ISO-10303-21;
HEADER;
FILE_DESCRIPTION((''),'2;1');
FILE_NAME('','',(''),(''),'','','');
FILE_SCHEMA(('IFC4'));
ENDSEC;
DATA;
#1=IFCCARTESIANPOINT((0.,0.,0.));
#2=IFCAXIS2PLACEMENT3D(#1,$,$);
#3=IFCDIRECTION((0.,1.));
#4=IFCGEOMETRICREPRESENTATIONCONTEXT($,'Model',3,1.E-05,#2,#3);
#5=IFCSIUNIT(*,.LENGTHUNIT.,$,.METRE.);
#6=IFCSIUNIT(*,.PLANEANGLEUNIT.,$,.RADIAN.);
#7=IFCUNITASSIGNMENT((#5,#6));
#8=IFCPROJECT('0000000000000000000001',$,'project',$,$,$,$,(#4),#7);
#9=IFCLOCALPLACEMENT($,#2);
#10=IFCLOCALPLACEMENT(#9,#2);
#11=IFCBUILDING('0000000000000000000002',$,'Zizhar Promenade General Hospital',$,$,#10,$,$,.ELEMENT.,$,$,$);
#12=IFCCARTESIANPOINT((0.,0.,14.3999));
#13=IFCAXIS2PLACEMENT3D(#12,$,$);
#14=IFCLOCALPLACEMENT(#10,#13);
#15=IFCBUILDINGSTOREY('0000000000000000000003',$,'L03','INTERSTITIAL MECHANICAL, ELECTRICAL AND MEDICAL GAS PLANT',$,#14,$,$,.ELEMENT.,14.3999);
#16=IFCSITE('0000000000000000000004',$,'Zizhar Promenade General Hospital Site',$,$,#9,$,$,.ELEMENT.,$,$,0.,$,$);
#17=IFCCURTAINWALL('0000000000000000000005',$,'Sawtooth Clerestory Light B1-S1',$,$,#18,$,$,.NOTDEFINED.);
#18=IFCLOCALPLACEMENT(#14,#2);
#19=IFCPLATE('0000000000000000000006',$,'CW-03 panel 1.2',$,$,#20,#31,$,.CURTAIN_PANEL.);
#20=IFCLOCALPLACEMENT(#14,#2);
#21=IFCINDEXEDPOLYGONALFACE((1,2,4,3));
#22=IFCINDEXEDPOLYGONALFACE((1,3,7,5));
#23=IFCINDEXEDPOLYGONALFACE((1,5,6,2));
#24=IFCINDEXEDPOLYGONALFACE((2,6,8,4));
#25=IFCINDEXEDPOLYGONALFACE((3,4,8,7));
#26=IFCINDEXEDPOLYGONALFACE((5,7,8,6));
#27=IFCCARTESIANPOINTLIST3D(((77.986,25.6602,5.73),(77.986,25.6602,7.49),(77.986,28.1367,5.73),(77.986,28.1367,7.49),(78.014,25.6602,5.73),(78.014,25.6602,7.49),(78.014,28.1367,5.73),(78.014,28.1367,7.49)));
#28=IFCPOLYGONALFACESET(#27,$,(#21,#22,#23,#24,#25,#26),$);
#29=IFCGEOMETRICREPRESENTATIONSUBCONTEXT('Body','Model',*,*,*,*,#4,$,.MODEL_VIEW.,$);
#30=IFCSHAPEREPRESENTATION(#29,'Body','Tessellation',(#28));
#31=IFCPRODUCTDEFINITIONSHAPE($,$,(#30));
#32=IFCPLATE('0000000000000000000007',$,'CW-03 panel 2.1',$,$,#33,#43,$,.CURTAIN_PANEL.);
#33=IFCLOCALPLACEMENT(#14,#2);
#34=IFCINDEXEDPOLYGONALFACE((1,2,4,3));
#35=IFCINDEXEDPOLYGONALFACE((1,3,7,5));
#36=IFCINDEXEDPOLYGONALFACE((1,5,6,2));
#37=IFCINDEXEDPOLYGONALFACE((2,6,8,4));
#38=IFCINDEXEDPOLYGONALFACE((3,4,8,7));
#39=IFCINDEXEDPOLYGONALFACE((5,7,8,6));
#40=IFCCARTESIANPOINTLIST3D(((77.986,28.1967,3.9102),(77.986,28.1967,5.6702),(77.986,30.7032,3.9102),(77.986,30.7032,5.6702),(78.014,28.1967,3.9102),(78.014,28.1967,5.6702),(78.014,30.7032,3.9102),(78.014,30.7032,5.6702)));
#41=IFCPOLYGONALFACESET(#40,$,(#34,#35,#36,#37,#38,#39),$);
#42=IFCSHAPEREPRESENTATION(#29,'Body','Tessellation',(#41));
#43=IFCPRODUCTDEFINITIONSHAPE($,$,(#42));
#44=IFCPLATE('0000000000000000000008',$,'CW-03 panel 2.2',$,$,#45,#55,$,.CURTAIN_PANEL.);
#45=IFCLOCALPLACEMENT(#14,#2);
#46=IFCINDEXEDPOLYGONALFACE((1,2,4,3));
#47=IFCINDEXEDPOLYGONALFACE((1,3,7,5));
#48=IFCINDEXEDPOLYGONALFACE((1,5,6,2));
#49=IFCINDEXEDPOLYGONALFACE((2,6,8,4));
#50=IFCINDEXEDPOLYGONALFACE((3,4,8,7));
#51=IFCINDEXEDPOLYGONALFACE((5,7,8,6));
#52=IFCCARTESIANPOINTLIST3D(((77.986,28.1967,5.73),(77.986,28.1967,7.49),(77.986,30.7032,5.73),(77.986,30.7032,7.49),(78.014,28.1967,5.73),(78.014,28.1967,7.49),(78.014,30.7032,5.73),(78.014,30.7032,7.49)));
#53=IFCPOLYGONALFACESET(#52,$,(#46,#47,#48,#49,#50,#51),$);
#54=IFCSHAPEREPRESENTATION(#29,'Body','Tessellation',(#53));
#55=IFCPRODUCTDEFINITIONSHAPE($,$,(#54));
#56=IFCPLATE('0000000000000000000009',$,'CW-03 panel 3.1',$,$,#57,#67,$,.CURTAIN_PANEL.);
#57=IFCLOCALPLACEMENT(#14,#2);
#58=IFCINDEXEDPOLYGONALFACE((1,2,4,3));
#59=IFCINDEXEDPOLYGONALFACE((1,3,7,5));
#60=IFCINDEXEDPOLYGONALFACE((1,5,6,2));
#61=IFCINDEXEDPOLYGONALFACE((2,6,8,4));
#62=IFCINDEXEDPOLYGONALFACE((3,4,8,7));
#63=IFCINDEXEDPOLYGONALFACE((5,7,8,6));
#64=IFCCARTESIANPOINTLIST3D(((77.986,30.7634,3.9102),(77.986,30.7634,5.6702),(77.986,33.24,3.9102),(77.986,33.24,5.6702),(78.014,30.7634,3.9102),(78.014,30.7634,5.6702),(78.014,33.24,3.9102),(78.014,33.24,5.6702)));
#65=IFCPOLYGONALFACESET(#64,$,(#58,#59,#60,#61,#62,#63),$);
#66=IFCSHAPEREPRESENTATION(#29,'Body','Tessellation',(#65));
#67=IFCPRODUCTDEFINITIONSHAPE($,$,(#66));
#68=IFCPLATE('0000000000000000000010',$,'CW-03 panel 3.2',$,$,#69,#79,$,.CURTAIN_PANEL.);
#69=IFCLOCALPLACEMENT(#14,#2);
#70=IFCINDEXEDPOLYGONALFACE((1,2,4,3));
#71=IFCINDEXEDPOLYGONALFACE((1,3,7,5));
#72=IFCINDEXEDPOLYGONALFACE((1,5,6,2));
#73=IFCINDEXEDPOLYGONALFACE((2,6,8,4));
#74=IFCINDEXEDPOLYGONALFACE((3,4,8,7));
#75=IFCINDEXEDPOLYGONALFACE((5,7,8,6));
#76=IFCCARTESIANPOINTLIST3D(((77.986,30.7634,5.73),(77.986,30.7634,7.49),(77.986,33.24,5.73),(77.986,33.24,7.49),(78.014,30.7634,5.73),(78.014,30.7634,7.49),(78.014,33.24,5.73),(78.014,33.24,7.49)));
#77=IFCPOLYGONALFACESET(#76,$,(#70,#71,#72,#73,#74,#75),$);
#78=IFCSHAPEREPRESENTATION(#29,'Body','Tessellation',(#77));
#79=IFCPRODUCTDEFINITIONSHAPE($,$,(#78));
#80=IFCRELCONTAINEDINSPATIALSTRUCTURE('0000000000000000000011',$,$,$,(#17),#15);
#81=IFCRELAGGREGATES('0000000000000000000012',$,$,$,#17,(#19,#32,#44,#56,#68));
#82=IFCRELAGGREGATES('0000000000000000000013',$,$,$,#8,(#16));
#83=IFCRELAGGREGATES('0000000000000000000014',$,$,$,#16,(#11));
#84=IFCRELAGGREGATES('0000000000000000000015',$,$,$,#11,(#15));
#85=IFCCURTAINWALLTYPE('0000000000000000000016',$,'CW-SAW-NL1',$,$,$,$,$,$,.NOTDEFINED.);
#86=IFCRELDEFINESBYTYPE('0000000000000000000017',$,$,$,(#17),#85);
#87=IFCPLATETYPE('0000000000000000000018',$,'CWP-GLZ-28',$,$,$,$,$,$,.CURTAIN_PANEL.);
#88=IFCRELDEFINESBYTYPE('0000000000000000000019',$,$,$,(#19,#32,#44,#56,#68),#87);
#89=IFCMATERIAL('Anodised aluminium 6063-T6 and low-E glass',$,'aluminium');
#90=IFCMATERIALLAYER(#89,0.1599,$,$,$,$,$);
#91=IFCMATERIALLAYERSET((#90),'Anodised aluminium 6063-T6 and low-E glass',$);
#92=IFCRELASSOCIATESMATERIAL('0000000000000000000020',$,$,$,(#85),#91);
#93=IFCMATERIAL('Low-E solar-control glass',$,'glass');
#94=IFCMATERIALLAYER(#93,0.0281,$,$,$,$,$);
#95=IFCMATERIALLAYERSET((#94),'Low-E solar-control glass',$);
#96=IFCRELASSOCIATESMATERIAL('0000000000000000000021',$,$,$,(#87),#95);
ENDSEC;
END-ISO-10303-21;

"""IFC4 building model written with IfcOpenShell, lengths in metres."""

from ifc_helpers import new_model, si_unit, direction, frame, origin, origin_2d, place, context, subcontext, project, spatial, rectangle, extrude, material, layer, layer_set, type_object, element, aggregate, save


model = new_model("IFC4")

# Units and contexts
model_context = context("Model", 3, precision=1e-05, world=origin(), true_north=direction((0.0, 1.0)))
body_context = subcontext(model_context, "Body", "Model", "MODEL_VIEW")
ifc_project = project(units=[si_unit("LENGTHUNIT", "METRE"), si_unit("PLANEANGLEUNIT", "RADIAN")], contexts=[model_context])

# Site, building, storey
site_placement = place(None, origin())
site = spatial("IfcSite", under=ifc_project, at=site_placement, Name="Zizhar Promenade General Hospital Site", CompositionType="ELEMENT", RefElevation=0.0)
building_placement = place(site_placement, origin())
building = spatial("IfcBuilding", under=site, at=building_placement, Name="Zizhar Promenade General Hospital", CompositionType="ELEMENT")
storey_placement = place(building_placement, frame((0.0, 0.0, 14.3999)))
storey = spatial("IfcBuildingStorey", under=building, at=storey_placement, Name="L03", Description="INTERSTITIAL MECHANICAL, ELECTRICAL AND MEDICAL GAS PLANT", CompositionType="ELEMENT", Elevation=14.3999)

# Curtain wall
ifc_material_1 = material(Name="Anodised aluminium 6063-T6 and low-E glass", Category="aluminium")
ifc_layer_1 = layer(ifc_material_1, 0.1599)
ifc_layer_set_1 = layer_set([ifc_layer_1], Name="Anodised aluminium 6063-T6 and low-E glass")
curtain_wall_type = type_object("IfcCurtainWallType", Name="CW-SAW-NL1", PredefinedType="NOTDEFINED", material=ifc_layer_set_1)
curtain_wall_1_placement = place(storey_placement, origin())
curtain_wall_1 = element("IfcCurtainWall", 1, at=curtain_wall_1_placement, inside=storey, type_object=curtain_wall_type, Name="Sawtooth Clerestory Light B1-S1", PredefinedType="NOTDEFINED")

# Plates
ifc_material_2 = material(Name="Low-E solar-control glass", Category="glass")
ifc_layer_2 = layer(ifc_material_2, 0.0281)
ifc_layer_set_2 = layer_set([ifc_layer_2], Name="Low-E solar-control glass")
plate_type = type_object("IfcPlateType", Name="CWP-GLZ-28", PredefinedType="CURTAIN_PANEL", material=ifc_layer_set_2)
plate_1_placement = place(storey_placement, frame((78.0, 26.8984, 5.73), z_axis=(0.0, 0.0, 1.0), x_axis=(0.0, 1.0, 0.0)))
plate_1 = element("IfcPlate", 2, at=plate_1_placement, type_object=plate_type, Name="CW-03 panel 1.2", PredefinedType="CURTAIN_PANEL", context=body_context, shape_type="SweptSolid", body=[
    extrude(rectangle(XDim=2.4766, YDim=0.0281, at=origin_2d()), origin(), (0.0, 0.0, 1.0), 1.76),
])
plate_2_placement = place(storey_placement, frame((78.0, 29.45, 3.9102), z_axis=(0.0, 0.0, 1.0), x_axis=(0.0, 1.0, 0.0)))
plate_2 = element("IfcPlate", 3, at=plate_2_placement, type_object=plate_type, Name="CW-03 panel 2.1", PredefinedType="CURTAIN_PANEL", context=body_context, shape_type="SweptSolid", body=[
    extrude(rectangle(XDim=2.5066, YDim=0.0281, at=origin_2d()), origin(), (0.0, 0.0, 1.0), 1.76),
])
plate_3_placement = place(storey_placement, frame((78.0, 29.45, 5.73), z_axis=(0.0, 0.0, 1.0), x_axis=(0.0, 1.0, 0.0)))
plate_3 = element("IfcPlate", 4, at=plate_3_placement, type_object=plate_type, Name="CW-03 panel 2.2", PredefinedType="CURTAIN_PANEL", context=body_context, shape_type="SweptSolid", body=[
    extrude(rectangle(XDim=2.5066, YDim=0.0281, at=origin_2d()), origin(), (0.0, 0.0, 1.0), 1.76),
])
plate_4_placement = place(storey_placement, frame((78.0, 32.0017, 3.9102), z_axis=(0.0, 0.0, 1.0), x_axis=(0.0, 1.0, 0.0)))
plate_4 = element("IfcPlate", 5, at=plate_4_placement, type_object=plate_type, Name="CW-03 panel 3.1", PredefinedType="CURTAIN_PANEL", context=body_context, shape_type="SweptSolid", body=[
    extrude(rectangle(XDim=2.4766, YDim=0.0281, at=origin_2d()), origin(), (0.0, 0.0, 1.0), 1.76),
])
plate_5_placement = place(storey_placement, frame((78.0, 32.0017, 5.73), z_axis=(0.0, 0.0, 1.0), x_axis=(0.0, 1.0, 0.0)))
plate_5 = element("IfcPlate", 6, at=plate_5_placement, type_object=plate_type, Name="CW-03 panel 3.2", PredefinedType="CURTAIN_PANEL", context=body_context, shape_type="SweptSolid", body=[
    extrude(rectangle(XDim=2.4766, YDim=0.0281, at=origin_2d()), origin(), (0.0, 0.0, 1.0), 1.76),
])
aggregate(curtain_wall_1, [plate_1, plate_2, plate_3, plate_4, plate_5])

save(model, "model.ifc")
